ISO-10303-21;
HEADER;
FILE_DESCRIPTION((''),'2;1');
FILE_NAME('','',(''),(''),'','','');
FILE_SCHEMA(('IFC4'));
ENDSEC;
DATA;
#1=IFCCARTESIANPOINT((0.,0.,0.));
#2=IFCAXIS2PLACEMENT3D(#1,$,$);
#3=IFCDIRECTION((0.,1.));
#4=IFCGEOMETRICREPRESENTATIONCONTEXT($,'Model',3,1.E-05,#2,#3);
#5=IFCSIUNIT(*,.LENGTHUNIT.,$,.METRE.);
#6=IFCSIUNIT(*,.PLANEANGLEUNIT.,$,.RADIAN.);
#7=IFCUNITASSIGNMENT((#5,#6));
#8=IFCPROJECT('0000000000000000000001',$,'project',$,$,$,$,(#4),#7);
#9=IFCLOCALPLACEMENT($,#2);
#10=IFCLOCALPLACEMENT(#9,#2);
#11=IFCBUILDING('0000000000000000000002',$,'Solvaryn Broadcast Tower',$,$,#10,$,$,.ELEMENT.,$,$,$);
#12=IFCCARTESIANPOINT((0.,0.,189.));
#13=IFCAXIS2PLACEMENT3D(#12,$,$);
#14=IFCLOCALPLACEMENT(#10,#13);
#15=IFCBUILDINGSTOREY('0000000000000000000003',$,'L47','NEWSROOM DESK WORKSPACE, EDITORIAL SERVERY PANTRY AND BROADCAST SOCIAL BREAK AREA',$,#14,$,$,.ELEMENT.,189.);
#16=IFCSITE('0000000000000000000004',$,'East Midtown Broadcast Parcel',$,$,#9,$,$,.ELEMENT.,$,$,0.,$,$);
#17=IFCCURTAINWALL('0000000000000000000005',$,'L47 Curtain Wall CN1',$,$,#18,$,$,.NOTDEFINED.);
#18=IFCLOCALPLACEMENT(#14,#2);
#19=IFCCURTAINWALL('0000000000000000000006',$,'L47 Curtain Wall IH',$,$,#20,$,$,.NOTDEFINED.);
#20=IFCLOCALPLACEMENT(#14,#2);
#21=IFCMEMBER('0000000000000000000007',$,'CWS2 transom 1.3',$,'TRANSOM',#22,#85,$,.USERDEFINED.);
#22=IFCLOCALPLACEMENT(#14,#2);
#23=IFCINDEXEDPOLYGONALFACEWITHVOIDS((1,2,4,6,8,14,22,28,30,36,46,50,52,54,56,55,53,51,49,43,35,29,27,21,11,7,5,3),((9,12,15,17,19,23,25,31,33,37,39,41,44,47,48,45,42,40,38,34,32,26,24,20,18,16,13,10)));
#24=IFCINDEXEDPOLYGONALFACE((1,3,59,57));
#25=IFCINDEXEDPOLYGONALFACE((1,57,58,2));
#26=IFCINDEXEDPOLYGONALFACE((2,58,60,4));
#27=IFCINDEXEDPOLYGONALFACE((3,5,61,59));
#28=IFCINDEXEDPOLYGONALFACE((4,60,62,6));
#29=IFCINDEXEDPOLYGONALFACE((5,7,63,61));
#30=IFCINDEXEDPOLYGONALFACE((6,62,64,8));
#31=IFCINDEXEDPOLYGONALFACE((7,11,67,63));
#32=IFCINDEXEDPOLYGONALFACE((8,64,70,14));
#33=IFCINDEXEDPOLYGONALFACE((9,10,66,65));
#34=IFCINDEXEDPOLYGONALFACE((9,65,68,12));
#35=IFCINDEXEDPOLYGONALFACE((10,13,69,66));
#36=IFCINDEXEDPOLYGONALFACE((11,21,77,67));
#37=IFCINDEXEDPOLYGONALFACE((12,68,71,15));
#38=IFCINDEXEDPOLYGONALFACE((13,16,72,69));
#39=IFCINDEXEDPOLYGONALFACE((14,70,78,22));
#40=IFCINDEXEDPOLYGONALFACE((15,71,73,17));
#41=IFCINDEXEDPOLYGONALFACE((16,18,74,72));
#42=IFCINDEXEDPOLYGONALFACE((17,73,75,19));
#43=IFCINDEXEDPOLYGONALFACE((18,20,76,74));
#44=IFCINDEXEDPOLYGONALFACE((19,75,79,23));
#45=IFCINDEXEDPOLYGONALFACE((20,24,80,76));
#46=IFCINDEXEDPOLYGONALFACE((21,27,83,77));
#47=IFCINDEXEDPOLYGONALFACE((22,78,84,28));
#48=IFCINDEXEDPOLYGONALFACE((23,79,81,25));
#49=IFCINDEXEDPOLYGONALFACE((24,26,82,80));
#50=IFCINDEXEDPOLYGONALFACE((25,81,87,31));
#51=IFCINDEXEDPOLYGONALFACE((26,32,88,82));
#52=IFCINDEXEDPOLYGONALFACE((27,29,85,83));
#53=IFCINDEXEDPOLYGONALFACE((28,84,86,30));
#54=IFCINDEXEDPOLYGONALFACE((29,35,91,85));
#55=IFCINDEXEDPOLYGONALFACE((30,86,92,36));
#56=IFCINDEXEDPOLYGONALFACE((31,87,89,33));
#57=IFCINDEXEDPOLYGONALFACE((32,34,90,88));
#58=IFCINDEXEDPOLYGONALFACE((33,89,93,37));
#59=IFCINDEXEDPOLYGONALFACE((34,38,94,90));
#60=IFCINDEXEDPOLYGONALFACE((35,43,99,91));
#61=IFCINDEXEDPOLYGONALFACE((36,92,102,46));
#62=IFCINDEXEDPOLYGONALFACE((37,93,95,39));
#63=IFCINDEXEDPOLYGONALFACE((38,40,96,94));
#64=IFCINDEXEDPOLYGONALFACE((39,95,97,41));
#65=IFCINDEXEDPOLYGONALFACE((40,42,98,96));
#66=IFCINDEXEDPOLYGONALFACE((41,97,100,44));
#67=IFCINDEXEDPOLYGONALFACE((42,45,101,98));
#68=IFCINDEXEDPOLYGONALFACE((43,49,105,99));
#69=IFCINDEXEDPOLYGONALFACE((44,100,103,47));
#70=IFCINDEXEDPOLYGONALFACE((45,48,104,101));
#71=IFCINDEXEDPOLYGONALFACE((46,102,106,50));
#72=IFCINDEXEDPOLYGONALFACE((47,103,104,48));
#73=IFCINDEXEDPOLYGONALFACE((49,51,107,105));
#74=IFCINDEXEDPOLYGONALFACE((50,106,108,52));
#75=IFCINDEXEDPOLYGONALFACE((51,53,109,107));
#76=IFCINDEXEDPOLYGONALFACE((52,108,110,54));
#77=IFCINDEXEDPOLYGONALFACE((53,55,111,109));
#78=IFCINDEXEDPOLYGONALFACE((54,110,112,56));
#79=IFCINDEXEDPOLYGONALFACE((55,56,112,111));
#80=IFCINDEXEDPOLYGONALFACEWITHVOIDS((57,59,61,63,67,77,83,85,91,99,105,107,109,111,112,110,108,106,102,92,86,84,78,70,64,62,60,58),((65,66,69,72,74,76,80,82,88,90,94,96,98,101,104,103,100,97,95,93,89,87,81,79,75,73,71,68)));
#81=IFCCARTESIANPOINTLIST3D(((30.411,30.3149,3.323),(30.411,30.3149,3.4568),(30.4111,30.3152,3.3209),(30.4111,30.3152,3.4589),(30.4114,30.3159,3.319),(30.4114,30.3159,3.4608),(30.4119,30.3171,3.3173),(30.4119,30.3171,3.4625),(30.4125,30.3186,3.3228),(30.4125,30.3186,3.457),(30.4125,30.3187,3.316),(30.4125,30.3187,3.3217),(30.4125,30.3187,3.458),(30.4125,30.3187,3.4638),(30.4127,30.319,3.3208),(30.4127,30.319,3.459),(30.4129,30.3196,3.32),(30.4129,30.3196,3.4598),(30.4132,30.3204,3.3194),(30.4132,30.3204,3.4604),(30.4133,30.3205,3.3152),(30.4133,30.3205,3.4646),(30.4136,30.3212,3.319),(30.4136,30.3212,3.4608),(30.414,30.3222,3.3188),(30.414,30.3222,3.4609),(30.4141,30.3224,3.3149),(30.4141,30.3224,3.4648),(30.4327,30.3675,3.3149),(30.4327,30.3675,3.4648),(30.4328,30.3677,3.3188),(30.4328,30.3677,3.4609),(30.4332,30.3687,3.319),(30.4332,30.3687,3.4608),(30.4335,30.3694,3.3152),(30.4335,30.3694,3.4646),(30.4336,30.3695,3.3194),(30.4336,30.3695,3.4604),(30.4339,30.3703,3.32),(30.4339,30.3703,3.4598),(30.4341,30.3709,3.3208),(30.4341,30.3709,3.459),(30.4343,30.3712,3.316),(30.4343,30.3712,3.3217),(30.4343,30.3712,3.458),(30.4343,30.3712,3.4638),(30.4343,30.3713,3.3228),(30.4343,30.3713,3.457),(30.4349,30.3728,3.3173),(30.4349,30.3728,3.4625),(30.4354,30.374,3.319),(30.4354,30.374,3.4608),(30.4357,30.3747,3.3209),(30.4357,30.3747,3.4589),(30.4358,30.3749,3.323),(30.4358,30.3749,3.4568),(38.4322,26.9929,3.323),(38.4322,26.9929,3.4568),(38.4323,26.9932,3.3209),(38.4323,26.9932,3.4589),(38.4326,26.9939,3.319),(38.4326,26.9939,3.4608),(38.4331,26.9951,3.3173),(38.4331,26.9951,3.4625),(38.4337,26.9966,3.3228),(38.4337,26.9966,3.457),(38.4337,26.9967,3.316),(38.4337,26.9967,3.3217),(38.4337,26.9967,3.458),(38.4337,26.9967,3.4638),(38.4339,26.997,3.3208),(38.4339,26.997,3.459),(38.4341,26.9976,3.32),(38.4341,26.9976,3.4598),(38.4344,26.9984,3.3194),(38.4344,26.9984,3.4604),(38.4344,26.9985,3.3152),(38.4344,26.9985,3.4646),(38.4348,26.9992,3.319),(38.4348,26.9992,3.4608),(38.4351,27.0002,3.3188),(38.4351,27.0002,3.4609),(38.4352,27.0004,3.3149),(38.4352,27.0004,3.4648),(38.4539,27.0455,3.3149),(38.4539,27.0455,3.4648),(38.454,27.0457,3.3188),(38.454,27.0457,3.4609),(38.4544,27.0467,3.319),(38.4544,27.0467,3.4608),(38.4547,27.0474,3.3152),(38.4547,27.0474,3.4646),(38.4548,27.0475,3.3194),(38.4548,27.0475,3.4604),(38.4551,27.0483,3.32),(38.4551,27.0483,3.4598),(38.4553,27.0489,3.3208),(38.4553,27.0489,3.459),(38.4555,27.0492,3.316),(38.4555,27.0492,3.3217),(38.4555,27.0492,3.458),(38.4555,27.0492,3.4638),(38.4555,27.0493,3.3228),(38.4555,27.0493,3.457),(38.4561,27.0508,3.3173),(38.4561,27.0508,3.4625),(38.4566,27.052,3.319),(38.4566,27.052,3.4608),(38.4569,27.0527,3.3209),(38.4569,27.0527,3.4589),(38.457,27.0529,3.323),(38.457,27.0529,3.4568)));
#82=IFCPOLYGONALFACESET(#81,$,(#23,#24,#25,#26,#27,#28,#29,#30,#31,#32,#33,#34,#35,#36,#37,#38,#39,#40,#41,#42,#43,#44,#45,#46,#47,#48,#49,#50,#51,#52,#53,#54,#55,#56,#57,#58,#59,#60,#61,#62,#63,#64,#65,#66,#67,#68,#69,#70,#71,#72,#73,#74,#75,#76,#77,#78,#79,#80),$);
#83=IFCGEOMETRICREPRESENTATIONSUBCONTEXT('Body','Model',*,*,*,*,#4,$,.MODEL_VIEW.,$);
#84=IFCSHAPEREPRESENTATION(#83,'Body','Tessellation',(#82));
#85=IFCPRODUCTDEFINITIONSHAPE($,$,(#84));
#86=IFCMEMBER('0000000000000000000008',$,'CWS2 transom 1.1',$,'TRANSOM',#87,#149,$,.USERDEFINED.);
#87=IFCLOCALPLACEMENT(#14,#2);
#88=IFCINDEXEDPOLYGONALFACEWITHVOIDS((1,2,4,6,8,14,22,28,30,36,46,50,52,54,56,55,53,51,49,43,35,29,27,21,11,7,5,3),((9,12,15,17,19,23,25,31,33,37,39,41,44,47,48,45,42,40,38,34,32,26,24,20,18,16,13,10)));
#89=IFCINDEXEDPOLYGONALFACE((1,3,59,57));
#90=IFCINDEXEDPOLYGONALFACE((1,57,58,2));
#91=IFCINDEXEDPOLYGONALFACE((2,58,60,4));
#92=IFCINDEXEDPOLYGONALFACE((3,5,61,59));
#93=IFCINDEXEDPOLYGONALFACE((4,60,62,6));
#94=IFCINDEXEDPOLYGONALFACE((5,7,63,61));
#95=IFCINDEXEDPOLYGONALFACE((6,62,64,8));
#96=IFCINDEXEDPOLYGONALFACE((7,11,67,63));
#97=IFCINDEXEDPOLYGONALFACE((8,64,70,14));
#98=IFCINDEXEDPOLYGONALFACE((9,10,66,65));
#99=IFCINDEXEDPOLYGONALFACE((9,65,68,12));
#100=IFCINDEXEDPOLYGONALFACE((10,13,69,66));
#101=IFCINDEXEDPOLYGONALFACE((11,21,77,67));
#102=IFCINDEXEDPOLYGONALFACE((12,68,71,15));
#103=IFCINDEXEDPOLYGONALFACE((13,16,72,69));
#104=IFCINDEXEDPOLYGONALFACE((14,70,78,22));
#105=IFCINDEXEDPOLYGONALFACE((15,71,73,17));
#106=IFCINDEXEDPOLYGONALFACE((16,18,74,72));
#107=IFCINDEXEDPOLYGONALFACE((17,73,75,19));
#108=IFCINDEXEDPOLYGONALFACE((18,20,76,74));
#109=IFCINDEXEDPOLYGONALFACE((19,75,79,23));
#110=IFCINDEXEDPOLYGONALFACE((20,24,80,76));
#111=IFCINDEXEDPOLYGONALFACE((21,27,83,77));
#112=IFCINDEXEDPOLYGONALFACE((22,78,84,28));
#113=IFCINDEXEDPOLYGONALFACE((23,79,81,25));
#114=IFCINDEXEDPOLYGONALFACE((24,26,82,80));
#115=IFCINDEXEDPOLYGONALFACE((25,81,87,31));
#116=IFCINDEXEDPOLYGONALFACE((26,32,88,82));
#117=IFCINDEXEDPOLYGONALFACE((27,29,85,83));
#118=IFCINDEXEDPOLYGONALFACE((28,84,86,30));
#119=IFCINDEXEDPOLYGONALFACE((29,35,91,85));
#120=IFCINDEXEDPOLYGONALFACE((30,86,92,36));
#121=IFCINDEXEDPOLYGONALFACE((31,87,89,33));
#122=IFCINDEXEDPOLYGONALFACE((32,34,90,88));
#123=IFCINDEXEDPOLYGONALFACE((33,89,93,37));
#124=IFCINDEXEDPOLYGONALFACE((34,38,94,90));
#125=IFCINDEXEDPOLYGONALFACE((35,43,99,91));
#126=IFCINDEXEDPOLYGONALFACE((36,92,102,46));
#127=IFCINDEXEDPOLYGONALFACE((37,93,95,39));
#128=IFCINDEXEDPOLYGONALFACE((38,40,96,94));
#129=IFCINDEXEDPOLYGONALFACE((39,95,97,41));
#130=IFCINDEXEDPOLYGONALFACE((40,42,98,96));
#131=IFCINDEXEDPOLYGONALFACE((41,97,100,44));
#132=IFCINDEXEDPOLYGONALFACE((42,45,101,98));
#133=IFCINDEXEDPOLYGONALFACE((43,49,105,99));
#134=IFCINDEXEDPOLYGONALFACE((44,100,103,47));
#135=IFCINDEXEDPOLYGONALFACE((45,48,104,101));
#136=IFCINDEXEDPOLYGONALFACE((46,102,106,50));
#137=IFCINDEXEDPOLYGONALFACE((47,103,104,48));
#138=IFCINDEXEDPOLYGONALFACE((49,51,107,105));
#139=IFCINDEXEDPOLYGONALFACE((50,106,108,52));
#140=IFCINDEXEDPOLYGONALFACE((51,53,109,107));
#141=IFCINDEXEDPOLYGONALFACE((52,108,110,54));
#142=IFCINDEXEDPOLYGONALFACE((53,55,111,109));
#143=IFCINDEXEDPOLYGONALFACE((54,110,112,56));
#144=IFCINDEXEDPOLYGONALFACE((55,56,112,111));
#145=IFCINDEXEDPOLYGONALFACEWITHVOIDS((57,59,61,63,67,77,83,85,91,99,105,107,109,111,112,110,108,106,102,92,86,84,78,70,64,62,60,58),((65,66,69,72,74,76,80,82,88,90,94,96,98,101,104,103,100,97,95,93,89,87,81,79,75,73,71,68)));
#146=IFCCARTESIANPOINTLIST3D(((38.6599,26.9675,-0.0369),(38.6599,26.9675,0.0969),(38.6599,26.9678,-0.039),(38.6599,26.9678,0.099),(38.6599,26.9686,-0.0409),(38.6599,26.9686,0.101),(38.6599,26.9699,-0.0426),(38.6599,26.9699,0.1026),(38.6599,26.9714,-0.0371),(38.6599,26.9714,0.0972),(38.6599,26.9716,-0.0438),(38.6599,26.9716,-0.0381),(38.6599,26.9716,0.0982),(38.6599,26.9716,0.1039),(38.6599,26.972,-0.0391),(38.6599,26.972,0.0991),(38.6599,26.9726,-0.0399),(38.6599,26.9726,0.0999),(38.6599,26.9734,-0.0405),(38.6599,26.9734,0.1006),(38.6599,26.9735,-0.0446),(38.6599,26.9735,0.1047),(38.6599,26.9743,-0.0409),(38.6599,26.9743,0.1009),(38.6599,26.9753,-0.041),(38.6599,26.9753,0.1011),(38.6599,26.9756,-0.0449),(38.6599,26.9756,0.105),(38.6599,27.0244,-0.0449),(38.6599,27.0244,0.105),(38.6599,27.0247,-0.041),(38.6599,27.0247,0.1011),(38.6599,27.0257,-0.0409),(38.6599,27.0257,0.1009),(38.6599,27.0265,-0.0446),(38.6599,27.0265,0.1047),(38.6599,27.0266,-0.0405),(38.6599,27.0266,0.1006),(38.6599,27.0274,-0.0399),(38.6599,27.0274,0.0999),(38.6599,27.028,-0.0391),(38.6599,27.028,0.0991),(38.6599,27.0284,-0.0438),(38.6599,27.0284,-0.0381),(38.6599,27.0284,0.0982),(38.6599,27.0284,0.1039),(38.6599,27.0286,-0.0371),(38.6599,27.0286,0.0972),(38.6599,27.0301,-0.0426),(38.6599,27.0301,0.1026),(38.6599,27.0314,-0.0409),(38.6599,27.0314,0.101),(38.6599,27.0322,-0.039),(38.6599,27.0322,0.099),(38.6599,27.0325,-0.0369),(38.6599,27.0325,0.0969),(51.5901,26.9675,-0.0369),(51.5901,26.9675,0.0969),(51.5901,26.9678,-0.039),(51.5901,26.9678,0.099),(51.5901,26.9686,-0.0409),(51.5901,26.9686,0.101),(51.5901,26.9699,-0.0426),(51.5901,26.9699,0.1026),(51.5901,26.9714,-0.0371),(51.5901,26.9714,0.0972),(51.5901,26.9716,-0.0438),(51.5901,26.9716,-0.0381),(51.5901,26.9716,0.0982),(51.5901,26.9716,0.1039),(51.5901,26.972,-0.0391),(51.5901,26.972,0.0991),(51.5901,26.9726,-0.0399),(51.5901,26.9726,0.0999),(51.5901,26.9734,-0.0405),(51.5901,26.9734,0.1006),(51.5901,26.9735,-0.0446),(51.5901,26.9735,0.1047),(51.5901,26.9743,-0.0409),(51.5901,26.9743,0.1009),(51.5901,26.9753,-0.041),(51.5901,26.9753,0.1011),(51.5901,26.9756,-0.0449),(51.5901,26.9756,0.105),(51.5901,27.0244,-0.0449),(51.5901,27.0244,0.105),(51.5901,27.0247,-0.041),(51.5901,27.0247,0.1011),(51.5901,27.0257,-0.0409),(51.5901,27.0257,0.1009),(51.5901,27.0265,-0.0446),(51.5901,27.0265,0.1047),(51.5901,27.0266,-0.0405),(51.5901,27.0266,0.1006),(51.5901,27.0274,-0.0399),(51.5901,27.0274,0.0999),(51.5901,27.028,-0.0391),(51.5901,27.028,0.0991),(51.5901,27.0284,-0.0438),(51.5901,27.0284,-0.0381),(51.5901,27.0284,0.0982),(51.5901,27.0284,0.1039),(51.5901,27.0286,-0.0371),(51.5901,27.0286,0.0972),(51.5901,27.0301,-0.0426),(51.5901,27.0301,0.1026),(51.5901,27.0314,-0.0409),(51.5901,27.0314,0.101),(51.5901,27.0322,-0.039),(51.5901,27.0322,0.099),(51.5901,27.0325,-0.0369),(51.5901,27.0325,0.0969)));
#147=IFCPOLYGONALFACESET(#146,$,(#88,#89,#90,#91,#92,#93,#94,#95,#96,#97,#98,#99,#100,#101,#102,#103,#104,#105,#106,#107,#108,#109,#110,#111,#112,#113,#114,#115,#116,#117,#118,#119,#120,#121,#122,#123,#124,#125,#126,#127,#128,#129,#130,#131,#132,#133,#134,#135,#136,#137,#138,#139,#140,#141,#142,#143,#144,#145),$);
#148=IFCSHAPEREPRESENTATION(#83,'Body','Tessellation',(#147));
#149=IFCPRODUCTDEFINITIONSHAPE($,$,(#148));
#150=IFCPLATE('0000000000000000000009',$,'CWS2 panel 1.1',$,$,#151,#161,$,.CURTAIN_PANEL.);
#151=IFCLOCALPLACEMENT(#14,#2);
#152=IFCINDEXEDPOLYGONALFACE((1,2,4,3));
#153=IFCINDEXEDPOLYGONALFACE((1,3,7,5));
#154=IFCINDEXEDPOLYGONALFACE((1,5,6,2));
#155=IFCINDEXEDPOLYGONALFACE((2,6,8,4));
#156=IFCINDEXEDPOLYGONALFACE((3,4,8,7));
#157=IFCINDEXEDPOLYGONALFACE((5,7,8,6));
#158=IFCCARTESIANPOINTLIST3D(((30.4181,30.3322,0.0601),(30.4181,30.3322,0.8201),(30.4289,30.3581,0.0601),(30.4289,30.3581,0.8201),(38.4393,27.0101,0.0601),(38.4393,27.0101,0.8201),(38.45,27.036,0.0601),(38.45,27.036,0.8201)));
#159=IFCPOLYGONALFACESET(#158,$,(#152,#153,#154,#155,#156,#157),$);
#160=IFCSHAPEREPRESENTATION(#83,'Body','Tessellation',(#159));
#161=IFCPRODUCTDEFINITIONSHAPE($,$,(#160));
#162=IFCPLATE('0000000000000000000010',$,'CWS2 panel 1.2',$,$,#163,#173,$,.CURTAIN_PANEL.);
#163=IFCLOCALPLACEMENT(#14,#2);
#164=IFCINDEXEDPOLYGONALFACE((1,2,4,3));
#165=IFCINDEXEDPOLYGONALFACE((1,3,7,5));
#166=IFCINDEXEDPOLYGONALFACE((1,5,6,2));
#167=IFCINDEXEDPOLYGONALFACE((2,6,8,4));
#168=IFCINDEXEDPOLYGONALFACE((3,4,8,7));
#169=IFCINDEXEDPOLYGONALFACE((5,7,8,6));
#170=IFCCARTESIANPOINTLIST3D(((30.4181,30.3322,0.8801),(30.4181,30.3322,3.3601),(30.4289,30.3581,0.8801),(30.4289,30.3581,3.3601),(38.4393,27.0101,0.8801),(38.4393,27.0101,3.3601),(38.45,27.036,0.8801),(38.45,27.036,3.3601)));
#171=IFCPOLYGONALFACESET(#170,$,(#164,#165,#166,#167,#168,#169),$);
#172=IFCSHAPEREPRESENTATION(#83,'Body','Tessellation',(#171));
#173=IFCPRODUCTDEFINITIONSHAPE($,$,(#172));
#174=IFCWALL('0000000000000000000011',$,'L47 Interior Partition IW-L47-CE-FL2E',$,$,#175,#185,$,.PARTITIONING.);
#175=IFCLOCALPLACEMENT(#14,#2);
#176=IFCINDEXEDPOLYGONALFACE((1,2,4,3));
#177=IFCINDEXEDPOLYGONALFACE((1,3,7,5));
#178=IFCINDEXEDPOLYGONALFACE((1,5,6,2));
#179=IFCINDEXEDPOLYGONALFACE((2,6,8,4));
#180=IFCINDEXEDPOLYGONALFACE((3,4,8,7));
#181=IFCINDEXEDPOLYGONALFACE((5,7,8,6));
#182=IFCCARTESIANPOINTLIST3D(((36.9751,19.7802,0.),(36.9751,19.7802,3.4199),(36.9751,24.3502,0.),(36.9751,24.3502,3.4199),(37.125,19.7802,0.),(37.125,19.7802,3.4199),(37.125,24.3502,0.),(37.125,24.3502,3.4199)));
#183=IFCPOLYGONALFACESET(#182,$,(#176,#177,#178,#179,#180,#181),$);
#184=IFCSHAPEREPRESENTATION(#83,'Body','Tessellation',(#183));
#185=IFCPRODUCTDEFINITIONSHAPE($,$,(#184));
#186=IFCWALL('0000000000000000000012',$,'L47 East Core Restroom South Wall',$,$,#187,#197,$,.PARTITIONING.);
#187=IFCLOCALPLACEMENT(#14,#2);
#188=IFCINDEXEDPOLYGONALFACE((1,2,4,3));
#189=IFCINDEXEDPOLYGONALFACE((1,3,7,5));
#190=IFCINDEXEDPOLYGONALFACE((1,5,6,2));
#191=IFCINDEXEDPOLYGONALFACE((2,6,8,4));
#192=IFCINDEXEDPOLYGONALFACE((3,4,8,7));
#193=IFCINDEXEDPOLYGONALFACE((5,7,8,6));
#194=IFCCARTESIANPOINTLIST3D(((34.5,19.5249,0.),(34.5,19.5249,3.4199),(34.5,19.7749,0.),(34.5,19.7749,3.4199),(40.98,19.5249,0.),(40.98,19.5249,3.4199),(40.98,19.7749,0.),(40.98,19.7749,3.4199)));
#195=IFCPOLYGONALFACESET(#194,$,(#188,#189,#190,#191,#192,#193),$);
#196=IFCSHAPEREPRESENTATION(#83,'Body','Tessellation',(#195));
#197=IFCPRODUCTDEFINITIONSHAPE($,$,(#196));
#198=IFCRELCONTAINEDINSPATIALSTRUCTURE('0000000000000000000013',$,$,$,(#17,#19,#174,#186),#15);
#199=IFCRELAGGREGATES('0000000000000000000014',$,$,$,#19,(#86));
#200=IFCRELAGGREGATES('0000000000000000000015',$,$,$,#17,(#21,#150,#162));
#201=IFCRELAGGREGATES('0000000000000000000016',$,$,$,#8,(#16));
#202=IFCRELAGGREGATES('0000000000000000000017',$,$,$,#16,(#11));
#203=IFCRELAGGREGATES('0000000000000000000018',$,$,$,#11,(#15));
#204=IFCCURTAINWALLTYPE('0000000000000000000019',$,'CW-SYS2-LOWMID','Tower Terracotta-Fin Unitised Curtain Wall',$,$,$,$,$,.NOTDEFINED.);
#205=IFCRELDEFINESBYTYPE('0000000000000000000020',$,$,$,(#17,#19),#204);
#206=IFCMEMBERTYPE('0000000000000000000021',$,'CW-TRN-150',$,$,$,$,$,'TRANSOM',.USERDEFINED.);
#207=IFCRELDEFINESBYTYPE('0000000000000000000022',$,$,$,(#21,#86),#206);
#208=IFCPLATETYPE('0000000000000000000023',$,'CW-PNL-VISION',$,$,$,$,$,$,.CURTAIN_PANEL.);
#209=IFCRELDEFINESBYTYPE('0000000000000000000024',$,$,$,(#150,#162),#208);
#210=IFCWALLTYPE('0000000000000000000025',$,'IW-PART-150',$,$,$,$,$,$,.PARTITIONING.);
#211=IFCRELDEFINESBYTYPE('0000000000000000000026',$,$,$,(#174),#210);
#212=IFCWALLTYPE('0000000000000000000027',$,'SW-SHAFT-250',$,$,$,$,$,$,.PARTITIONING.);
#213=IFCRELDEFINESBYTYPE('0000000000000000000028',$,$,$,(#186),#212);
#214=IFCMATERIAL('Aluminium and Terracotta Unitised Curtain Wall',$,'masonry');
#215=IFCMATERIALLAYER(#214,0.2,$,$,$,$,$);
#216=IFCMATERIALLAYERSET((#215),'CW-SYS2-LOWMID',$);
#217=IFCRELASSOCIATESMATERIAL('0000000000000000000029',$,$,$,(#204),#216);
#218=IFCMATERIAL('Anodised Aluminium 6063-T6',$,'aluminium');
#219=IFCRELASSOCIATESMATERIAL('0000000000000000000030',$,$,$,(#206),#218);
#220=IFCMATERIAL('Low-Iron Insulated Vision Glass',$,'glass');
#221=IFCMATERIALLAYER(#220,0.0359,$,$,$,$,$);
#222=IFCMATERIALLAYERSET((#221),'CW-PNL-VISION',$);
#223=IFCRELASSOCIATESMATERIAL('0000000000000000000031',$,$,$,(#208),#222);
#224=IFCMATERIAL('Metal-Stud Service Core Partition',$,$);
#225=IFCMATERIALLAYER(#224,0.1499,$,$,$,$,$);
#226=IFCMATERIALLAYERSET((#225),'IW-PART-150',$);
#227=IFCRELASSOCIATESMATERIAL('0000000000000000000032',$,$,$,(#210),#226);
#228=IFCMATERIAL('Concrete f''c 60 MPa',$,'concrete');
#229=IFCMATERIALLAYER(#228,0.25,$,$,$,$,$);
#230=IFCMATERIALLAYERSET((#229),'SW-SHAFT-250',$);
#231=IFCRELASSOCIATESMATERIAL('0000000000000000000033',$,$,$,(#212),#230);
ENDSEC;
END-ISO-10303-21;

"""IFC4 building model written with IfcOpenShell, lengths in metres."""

from ifc_helpers import new_model, si_unit, direction, frame, frame_2d, origin, origin_2d, place, context, subcontext, project, spatial, rectangle, hollow_rectangle, extrude, material, layer, layer_set, material_profile, profile_set, type_object, element, aggregate, save


model = new_model("IFC4")

# Units and contexts
model_context = context("Model", 3, precision=1e-05, world=origin(), true_north=direction((0.0, 1.0)))
body_context = subcontext(model_context, "Body", "Model", "MODEL_VIEW")
ifc_project = project(units=[si_unit("LENGTHUNIT", "METRE"), si_unit("PLANEANGLEUNIT", "RADIAN")], contexts=[model_context])

# Site, building, storey
site_placement = place(None, origin())
site = spatial("IfcSite", under=ifc_project, at=site_placement, Name="East Midtown Broadcast Parcel", CompositionType="ELEMENT", RefElevation=0.0)
building_placement = place(site_placement, origin())
building = spatial("IfcBuilding", under=site, at=building_placement, Name="Solvaryn Broadcast Tower", CompositionType="ELEMENT")
storey_placement = place(building_placement, frame((0.0, 0.0, 189.0)))
storey = spatial("IfcBuildingStorey", under=building, at=storey_placement, Name="L47", Description="NEWSROOM DESK WORKSPACE, EDITORIAL SERVERY PANTRY AND BROADCAST SOCIAL BREAK AREA", CompositionType="ELEMENT", Elevation=189.0)

# Curtain walls
ifc_material_1 = material(Name="Aluminium and Terracotta Unitised Curtain Wall", Category="masonry")
ifc_layer_1 = layer(ifc_material_1, 0.2)
ifc_layer_set_1 = layer_set([ifc_layer_1], Name="CW-SYS2-LOWMID")
curtain_wall_type = type_object("IfcCurtainWallType", Name="CW-SYS2-LOWMID", Description="Tower Terracotta-Fin Unitised Curtain Wall", PredefinedType="NOTDEFINED", material=ifc_layer_set_1)
curtain_wall_1_placement = place(storey_placement, origin())
curtain_wall_1 = element("IfcCurtainWall", 1, at=curtain_wall_1_placement, inside=storey, type_object=curtain_wall_type, Name="L47 Curtain Wall CN1", PredefinedType="NOTDEFINED")
curtain_wall_2_placement = place(storey_placement, origin())
curtain_wall_2 = element("IfcCurtainWall", 2, at=curtain_wall_2_placement, inside=storey, type_object=curtain_wall_type, Name="L47 Curtain Wall IH", PredefinedType="NOTDEFINED")

# Members
ifc_material_2 = material(Name="Anodised Aluminium 6063-T6", Category="aluminium")
ifc_material_profile_1 = material_profile(ifc_material_2, hollow_rectangle(XDim=0.0649, YDim=0.1499, WallThickness=0.0039, InnerFilletRadius=0.0039, OuterFilletRadius=0.0081, at=origin_2d()))
ifc_profile_set_1 = profile_set([ifc_material_profile_1], Name="Anodised Aluminium 6063-T6")
member_type_1 = type_object("IfcMemberType", Name="CW-TRN-150", ElementType="TRANSOM", PredefinedType="USERDEFINED", material=ifc_profile_set_1)
member_1_placement = place(storey_placement, frame((38.4446, 27.0229, 3.3899), z_axis=(-0.923899, 0.382636, 0.0), x_axis=(-0.382636, -0.923899, 0.0)))
member_1 = element("IfcMember", 3, at=member_1_placement, type_object=member_type_1, Name="CWS2 transom 1.3", ObjectType="TRANSOM", PredefinedType="USERDEFINED", context=body_context, shape_type="SweptSolid", body=[
    extrude(hollow_rectangle(XDim=0.0649, YDim=0.1499, WallThickness=0.0039, InnerFilletRadius=0.0039, OuterFilletRadius=0.0081, at=origin_2d()), origin(), (0.0, 0.0, 1.0), 8.6819),
])
member_2_placement = place(storey_placement, frame((38.6599, 27.0, 0.03), z_axis=(1.0, 0.0, 0.0), x_axis=(0.0, 1.0, 0.0)))
member_2 = element("IfcMember", 4, at=member_2_placement, type_object=member_type_1, Name="CWS2 transom 1.1", ObjectType="TRANSOM", PredefinedType="USERDEFINED", context=body_context, shape_type="SweptSolid", body=[
    extrude(hollow_rectangle(XDim=0.0649, YDim=0.1499, WallThickness=0.0039, InnerFilletRadius=0.0039, OuterFilletRadius=0.0081, at=origin_2d()), origin(), (0.0, 0.0, 1.0), 12.9302),
])
aggregate(curtain_wall_2, [member_2])

# Plates
ifc_material_3 = material(Name="Low-Iron Insulated Vision Glass", Category="glass")
ifc_layer_2 = layer(ifc_material_3, 0.0359)
ifc_layer_set_2 = layer_set([ifc_layer_2], Name="CW-PNL-VISION")
plate_type = type_object("IfcPlateType", Name="CW-PNL-VISION", PredefinedType="CURTAIN_PANEL", material=ifc_layer_set_2)
plate_1_placement = place(storey_placement, frame((34.4341, 28.6841, 0.0601), z_axis=(0.0, 0.0, 1.0), x_axis=(-0.923895, 0.382646, 0.0)))
plate_1 = element("IfcPlate", 5, at=plate_1_placement, type_object=plate_type, Name="CWS2 panel 1.1", PredefinedType="CURTAIN_PANEL", context=body_context, shape_type="SweptSolid", body=[
    extrude(rectangle(XDim=8.6819, YDim=0.0281, at=origin_2d()), origin(), (0.0, 0.0, 1.0), 0.76),
])
plate_2_placement = place(storey_placement, frame((34.4341, 28.6841, 0.8801), z_axis=(0.0, 0.0, 1.0), x_axis=(-0.923895, 0.382646, 0.0)))
plate_2 = element("IfcPlate", 6, at=plate_2_placement, type_object=plate_type, Name="CWS2 panel 1.2", PredefinedType="CURTAIN_PANEL", context=body_context, shape_type="SweptSolid", body=[
    extrude(rectangle(XDim=8.6819, YDim=0.0281, at=origin_2d()), origin(), (0.0, 0.0, 1.0), 2.48),
])
aggregate(curtain_wall_1, [member_1, plate_1, plate_2])

# Wall
ifc_material_4 = material(Name="Metal-Stud Service Core Partition")
ifc_layer_3 = layer(ifc_material_4, 0.1499)
ifc_layer_set_3 = layer_set([ifc_layer_3], Name="IW-PART-150")
wall_type_1 = type_object("IfcWallType", Name="IW-PART-150", PredefinedType="PARTITIONING", material=ifc_layer_set_3)
wall_1_placement = place(storey_placement, frame((37.05, 19.78, 0.0), z_axis=(0.0, 0.0, 1.0), x_axis=(0.0, 1.0, 0.0)))
element("IfcWall", 7, at=wall_1_placement, inside=storey, type_object=wall_type_1, Name="L47 Interior Partition IW-L47-CE-FL2E", PredefinedType="PARTITIONING", context=body_context, shape_type="SweptSolid", body=[
    extrude(rectangle(XDim=4.5701, YDim=0.1499, at=frame_2d((2.2852, 0.0))), origin(), (0.0, 0.0, 1.0), 3.4199),
])

# Shared definitions
ifc_material_5 = material(Name="Concrete f'c 60 MPa", Category="concrete")
ifc_layer_4 = layer(ifc_material_5, 0.25)
ifc_layer_set_4 = layer_set([ifc_layer_4], Name="SW-SHAFT-250")
wall_type_2 = type_object("IfcWallType", Name="SW-SHAFT-250", PredefinedType="PARTITIONING", material=ifc_layer_set_4)

# Wall
wall_2_placement = place(storey_placement, frame((34.5, 19.6499, 0.0), z_axis=(0.0, 0.0, 1.0), x_axis=(1.0, 0.0, 0.0)))
element("IfcWall", 8, at=wall_2_placement, inside=storey, type_object=wall_type_2, Name="L47 East Core Restroom South Wall", PredefinedType="PARTITIONING", context=body_context, shape_type="SweptSolid", body=[
    extrude(rectangle(XDim=6.48, YDim=0.25, at=frame_2d((3.24, 0.0))), origin(), (0.0, 0.0, 1.0), 3.4199),
])

save(model, "model.ifc")
